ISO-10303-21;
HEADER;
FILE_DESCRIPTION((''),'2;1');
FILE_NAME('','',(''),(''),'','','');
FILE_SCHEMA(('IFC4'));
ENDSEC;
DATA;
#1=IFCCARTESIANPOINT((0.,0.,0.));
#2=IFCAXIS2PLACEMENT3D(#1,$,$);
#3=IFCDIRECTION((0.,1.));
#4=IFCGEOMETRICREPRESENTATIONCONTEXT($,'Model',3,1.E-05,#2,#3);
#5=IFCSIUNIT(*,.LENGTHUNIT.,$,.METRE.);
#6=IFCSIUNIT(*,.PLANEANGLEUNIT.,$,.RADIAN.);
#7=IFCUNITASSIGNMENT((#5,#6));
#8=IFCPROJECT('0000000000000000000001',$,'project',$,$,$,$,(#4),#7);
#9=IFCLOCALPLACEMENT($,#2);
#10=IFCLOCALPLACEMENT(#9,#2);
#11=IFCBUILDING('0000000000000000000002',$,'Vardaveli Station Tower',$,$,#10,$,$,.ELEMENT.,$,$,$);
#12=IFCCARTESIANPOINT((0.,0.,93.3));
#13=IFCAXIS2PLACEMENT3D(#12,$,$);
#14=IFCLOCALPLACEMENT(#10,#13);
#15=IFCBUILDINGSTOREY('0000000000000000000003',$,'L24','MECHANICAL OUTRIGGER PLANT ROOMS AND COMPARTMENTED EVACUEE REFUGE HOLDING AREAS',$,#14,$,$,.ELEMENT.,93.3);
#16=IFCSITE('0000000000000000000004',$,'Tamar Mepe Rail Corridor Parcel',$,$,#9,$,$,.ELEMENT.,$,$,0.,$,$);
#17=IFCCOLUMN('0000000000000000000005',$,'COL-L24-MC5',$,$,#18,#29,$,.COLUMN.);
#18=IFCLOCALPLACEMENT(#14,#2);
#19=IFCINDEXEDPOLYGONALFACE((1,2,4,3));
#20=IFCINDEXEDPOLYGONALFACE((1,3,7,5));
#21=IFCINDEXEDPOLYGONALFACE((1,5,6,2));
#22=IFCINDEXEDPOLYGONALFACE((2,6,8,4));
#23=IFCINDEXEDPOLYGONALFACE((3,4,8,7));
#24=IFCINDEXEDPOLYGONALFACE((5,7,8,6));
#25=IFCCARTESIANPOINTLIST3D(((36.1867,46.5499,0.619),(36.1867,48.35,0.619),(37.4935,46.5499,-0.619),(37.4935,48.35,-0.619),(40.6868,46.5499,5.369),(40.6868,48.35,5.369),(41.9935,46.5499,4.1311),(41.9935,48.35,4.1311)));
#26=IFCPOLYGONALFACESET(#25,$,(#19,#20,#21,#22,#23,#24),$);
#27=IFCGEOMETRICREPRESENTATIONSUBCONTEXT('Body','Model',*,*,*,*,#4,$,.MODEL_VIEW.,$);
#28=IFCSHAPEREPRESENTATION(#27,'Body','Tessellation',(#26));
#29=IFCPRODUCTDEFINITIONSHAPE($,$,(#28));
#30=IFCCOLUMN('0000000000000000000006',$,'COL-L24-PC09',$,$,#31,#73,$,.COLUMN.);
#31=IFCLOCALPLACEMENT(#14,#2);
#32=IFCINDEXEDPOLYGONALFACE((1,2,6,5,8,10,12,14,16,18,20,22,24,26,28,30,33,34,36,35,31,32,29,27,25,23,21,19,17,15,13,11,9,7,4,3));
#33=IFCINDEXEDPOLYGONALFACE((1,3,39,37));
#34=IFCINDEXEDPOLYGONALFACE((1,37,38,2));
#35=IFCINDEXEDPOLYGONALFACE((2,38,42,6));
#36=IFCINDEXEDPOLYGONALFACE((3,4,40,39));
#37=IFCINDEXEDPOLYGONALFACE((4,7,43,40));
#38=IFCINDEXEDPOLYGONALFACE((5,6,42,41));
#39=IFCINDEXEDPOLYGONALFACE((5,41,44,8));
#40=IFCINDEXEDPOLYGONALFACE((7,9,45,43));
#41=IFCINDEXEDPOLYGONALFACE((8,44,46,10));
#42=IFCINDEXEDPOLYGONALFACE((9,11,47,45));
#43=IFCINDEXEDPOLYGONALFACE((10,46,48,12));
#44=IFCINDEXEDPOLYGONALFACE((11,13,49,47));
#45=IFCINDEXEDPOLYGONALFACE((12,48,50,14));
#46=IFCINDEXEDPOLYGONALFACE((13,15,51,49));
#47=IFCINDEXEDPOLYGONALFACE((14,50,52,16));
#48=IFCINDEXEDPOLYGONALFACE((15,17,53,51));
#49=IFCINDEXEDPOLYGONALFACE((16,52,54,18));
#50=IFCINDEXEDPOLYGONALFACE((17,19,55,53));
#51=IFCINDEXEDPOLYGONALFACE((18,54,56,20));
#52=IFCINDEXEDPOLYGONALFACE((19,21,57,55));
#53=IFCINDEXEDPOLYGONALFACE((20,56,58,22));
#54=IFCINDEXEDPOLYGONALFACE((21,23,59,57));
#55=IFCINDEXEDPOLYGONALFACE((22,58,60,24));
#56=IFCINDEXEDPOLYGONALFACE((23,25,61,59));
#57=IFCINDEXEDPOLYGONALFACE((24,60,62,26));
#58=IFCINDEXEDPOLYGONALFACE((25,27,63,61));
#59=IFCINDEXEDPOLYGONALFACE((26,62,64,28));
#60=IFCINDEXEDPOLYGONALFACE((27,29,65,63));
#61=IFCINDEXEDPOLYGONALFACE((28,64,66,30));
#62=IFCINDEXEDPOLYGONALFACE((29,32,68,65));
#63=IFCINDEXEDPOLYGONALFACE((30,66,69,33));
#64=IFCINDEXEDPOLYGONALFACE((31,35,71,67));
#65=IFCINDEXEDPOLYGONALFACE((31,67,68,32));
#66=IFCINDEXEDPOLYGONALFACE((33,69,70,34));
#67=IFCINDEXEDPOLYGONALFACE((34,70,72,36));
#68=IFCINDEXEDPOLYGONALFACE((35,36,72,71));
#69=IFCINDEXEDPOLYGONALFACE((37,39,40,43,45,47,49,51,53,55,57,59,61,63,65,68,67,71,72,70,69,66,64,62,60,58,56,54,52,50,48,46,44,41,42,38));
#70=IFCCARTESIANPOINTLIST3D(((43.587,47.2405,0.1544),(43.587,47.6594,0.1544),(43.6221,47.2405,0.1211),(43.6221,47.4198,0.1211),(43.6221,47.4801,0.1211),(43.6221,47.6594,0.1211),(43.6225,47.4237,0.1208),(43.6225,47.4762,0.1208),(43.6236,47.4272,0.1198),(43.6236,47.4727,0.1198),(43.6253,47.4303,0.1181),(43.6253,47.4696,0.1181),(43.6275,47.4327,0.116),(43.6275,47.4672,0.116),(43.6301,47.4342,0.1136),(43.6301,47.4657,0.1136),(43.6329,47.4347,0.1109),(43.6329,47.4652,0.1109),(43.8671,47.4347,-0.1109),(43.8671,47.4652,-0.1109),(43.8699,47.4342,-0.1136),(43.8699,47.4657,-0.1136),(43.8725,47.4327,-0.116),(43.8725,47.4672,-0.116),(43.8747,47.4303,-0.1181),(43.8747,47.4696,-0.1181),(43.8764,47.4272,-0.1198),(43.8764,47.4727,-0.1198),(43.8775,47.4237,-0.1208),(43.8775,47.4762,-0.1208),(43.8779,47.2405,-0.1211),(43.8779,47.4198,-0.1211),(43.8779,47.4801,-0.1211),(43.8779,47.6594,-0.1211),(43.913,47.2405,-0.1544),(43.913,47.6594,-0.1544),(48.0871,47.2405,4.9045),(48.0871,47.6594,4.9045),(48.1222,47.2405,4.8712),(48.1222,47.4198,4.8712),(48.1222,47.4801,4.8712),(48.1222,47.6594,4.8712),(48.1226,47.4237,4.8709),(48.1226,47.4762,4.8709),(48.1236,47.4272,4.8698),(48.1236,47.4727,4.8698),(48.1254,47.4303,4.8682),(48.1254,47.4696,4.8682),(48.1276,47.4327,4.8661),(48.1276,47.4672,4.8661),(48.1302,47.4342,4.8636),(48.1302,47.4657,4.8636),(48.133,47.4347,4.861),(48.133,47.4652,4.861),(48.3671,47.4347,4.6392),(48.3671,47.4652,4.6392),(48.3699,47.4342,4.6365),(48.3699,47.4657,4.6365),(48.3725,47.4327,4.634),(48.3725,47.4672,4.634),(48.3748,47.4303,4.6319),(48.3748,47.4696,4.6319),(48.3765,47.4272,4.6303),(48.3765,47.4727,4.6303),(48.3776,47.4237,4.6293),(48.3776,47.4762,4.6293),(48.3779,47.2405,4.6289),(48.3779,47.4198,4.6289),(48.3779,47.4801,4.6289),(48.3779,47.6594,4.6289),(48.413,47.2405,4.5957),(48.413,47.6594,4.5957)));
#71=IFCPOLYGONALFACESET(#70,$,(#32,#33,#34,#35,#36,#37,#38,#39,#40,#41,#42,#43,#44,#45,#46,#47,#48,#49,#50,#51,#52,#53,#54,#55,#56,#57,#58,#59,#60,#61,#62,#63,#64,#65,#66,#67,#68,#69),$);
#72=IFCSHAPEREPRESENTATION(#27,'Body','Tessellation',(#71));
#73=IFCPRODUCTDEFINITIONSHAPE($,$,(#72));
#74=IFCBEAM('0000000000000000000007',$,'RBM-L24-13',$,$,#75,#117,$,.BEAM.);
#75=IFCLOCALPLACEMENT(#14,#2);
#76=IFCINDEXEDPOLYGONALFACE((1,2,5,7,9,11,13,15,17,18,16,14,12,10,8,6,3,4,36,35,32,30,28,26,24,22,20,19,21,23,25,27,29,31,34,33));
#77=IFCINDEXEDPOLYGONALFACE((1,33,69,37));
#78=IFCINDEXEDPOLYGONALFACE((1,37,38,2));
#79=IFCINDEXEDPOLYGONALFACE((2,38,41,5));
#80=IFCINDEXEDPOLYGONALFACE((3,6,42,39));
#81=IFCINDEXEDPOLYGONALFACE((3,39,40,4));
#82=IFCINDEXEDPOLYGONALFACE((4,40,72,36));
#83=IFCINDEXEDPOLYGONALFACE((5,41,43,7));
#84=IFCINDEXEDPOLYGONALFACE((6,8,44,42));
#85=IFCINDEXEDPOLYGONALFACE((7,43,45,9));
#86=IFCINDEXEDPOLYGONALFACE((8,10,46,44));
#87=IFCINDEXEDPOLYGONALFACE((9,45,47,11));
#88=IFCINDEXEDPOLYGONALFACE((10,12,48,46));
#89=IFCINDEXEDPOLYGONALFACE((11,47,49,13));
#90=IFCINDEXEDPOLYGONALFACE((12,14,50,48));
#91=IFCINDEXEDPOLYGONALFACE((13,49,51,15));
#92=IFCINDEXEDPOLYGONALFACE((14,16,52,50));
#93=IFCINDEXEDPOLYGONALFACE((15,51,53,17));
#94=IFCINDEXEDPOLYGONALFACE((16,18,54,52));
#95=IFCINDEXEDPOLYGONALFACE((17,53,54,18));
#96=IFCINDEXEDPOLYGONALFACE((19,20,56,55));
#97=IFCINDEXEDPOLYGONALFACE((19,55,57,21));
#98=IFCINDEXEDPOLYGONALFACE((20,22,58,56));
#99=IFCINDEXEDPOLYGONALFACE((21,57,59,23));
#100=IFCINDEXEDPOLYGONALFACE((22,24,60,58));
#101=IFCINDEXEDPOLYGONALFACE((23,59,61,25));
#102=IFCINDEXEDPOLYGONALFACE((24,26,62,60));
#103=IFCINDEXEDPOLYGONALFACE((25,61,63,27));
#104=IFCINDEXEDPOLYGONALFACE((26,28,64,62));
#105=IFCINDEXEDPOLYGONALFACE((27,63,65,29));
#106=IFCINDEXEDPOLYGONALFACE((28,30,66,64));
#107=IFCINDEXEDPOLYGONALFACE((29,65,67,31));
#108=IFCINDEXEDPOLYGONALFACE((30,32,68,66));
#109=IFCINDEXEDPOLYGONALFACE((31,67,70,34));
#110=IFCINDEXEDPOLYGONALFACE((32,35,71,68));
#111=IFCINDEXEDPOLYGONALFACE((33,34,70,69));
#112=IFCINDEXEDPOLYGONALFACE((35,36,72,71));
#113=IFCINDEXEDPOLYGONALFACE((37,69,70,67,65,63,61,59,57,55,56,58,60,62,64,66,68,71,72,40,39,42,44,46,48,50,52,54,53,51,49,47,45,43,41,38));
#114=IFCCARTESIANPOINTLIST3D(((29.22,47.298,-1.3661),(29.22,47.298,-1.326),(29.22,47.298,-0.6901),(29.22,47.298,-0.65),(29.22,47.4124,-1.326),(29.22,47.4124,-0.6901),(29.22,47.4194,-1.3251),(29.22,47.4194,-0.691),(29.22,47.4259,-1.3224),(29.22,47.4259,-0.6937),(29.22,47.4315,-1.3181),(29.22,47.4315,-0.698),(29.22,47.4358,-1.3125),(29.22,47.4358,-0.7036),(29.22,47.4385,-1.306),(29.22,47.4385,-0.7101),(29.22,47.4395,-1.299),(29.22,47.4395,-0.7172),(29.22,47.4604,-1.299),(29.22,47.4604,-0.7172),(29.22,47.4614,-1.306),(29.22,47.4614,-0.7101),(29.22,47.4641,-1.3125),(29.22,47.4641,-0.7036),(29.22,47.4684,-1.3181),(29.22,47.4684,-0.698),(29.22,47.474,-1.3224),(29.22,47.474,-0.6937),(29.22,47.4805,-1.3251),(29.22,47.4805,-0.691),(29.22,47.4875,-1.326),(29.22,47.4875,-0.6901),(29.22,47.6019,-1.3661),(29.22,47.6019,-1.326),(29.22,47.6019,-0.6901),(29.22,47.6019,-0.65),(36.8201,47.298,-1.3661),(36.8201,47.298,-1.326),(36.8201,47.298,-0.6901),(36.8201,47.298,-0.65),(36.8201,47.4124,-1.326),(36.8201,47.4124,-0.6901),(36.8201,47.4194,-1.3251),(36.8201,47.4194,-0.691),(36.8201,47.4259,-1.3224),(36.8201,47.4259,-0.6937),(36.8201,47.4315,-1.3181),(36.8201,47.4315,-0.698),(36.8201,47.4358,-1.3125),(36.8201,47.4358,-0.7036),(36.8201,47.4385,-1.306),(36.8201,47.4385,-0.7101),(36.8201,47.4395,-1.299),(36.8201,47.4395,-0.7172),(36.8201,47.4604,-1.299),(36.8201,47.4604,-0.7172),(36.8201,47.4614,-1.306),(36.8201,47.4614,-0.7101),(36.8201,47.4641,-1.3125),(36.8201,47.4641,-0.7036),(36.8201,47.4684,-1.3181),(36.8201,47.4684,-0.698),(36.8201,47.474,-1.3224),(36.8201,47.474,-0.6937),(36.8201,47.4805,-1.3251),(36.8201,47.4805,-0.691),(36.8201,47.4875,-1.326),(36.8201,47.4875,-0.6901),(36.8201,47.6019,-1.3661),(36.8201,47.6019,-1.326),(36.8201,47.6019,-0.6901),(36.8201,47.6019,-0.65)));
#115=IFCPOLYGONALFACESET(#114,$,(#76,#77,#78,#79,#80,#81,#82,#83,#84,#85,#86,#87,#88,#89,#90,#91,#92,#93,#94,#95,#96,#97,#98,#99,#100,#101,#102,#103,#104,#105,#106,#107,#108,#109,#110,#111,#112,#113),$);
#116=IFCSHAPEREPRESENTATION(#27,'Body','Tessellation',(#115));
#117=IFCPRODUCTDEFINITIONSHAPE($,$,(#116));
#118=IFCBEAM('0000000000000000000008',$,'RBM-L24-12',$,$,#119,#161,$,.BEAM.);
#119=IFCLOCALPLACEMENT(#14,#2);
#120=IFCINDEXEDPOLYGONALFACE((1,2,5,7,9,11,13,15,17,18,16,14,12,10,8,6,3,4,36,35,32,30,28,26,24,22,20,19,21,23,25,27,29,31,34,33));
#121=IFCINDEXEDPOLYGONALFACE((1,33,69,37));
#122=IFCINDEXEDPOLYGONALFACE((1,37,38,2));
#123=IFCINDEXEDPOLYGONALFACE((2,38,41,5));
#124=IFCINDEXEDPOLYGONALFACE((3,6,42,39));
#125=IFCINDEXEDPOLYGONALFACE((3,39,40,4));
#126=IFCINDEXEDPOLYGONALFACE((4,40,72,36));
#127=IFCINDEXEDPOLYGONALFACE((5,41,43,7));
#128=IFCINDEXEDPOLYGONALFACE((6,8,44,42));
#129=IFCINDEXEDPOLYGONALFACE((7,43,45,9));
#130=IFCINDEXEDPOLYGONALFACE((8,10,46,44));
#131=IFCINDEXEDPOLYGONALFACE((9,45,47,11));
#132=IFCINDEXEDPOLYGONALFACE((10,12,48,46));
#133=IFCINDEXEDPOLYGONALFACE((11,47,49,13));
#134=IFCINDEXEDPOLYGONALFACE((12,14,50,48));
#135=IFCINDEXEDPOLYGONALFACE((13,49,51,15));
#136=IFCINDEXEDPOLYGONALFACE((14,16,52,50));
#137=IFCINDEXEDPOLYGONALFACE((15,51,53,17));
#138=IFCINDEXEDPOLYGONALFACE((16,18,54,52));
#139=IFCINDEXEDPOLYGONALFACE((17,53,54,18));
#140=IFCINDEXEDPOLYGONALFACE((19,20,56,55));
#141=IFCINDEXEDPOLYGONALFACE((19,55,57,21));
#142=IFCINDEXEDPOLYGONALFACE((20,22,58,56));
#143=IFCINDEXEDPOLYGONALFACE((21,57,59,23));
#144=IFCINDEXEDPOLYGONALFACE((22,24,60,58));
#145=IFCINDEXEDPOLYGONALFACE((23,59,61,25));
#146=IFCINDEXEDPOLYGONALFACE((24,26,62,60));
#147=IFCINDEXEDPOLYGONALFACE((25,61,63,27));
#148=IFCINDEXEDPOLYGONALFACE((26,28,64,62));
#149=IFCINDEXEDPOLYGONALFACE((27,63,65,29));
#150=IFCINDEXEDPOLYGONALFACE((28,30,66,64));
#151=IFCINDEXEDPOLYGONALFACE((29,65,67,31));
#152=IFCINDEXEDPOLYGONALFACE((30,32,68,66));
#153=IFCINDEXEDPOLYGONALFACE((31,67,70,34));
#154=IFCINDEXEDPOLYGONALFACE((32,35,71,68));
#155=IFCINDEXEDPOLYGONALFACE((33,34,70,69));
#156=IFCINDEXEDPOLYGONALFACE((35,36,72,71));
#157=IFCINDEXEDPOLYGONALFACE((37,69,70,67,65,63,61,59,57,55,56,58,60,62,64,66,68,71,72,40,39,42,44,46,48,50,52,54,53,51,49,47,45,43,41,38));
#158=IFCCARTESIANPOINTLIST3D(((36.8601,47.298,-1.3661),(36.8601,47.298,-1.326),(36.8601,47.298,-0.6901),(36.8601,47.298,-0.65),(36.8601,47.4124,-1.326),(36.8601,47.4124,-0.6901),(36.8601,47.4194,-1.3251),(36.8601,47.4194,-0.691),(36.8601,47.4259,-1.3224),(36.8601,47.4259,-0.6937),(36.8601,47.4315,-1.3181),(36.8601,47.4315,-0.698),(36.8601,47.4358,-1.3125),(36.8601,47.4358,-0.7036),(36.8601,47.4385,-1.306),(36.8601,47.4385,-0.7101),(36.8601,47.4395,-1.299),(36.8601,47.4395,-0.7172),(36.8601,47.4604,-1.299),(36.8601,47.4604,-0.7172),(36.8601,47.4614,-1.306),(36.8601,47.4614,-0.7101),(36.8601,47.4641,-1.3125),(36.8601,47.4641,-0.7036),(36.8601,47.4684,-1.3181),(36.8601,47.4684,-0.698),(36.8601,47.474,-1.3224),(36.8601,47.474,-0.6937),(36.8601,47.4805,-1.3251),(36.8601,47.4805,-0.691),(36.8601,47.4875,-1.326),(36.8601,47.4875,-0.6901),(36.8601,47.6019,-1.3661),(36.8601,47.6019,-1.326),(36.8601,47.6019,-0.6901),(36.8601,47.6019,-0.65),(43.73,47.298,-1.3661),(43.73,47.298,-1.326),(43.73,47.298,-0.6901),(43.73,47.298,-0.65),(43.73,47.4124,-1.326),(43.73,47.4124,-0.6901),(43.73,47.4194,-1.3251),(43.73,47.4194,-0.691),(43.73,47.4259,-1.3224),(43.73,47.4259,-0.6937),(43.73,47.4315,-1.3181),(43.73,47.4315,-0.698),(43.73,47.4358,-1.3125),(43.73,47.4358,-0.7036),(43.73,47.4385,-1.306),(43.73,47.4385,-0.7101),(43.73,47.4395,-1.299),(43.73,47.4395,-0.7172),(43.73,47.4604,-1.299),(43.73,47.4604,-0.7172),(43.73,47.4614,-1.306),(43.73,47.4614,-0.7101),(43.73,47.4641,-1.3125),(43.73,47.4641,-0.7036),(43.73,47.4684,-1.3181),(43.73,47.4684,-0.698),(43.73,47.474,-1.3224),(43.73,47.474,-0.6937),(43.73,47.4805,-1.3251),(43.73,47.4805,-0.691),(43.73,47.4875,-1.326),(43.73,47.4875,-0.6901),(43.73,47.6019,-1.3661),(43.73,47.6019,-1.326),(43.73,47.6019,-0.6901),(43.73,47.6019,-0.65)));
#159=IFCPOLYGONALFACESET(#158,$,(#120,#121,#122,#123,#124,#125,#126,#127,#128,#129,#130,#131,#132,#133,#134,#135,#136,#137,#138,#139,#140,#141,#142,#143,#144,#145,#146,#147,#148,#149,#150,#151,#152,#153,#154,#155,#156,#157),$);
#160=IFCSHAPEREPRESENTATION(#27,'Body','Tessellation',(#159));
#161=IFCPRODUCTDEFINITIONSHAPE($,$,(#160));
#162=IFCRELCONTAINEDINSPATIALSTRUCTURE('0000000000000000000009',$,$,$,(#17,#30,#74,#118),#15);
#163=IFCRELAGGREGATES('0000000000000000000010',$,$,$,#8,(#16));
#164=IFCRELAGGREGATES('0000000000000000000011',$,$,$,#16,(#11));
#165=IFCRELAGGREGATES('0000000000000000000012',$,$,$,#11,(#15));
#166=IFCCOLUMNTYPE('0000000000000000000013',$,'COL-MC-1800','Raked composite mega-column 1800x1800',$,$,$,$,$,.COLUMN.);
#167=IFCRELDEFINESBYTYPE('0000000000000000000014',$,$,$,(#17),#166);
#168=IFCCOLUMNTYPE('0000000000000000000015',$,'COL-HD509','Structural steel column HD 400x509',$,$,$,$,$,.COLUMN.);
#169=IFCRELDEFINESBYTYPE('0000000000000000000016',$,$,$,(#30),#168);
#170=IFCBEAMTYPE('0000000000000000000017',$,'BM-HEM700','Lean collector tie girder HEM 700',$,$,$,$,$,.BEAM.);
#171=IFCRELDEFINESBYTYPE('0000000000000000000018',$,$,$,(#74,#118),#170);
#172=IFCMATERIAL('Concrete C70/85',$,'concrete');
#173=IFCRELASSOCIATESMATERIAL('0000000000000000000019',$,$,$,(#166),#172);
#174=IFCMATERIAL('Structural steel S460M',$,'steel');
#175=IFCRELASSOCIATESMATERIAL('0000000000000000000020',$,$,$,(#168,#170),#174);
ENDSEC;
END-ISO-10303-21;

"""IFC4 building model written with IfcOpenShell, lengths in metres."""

from ifc_helpers import new_model, si_unit, direction, frame, origin, origin_2d, place, context, subcontext, project, spatial, rectangle, i_section, extrude, source, transform, mapped, material, material_profile, profile_set, type_object, element, save


model = new_model("IFC4")

# Units and contexts
model_context = context("Model", 3, precision=1e-05, world=origin(), true_north=direction((0.0, 1.0)))
body_context = subcontext(model_context, "Body", "Model", "MODEL_VIEW")
ifc_project = project(units=[si_unit("LENGTHUNIT", "METRE"), si_unit("PLANEANGLEUNIT", "RADIAN")], contexts=[model_context])

# Site, building, storey
site_placement = place(None, origin())
site = spatial("IfcSite", under=ifc_project, at=site_placement, Name="Tamar Mepe Rail Corridor Parcel", CompositionType="ELEMENT", RefElevation=0.0)
building_placement = place(site_placement, origin())
building = spatial("IfcBuilding", under=site, at=building_placement, Name="Vardaveli Station Tower", CompositionType="ELEMENT")
storey_placement = place(building_placement, frame((0.0, 0.0, 93.3)))
storey = spatial("IfcBuildingStorey", under=building, at=storey_placement, Name="L24", Description="MECHANICAL OUTRIGGER PLANT ROOMS AND COMPARTMENTED EVACUEE REFUGE HOLDING AREAS", CompositionType="ELEMENT", Elevation=93.3)

# Columns
ifc_material_1 = material(Name="Concrete C70/85", Category="concrete")
ifc_material_profile_1 = material_profile(ifc_material_1, rectangle(XDim=1.8, YDim=1.8, at=origin_2d()), Name="MC 1800x1800")
ifc_profile_set_1 = profile_set([ifc_material_profile_1], Name="Concrete C70/85")
column_type_1 = type_object("IfcColumnType", Name="COL-MC-1800", Description="Raked composite mega-column 1800x1800", PredefinedType="COLUMN", material=ifc_profile_set_1)
shared_shape_1 = source(origin(), body_context, "Body", "SweptSolid", [
    extrude(rectangle(XDim=1.8, YDim=1.8, at=origin_2d()), origin(), (0.0, 0.0, 1.0), 6.5432),
])
column_1_placement = place(storey_placement, frame((36.8401, 47.45, 0.0), z_axis=(0.687745, 0.0, 0.725953), x_axis=(0.0, 1.0, 0.0)))
element("IfcColumn", 1, at=column_1_placement, inside=storey, type_object=column_type_1, Name="COL-L24-MC5", PredefinedType="COLUMN", context=body_context, shape_type="MappedRepresentation", body=[
    mapped(shared_shape_1, transform((0.0, 0.0, 0.0), scale=1.0)),
])
ifc_material_2 = material(Name="Structural steel S460M", Category="steel")
ifc_material_profile_2 = material_profile(ifc_material_2, i_section(OverallWidth=0.4189, OverallDepth=0.449, WebThickness=0.0305, FlangeThickness=0.0483, FilletRadius=0.0149, at=origin_2d()), Name="HD 400x509")
ifc_profile_set_2 = profile_set([ifc_material_profile_2], Name="Structural steel S460M")
column_type_2 = type_object("IfcColumnType", Name="COL-HD509", Description="Structural steel column HD 400x509", PredefinedType="COLUMN", material=ifc_profile_set_2)
shared_shape_2 = source(origin(), body_context, "Body", "SweptSolid", [
    extrude(i_section(OverallWidth=0.4189, OverallDepth=0.449, WebThickness=0.0305, FlangeThickness=0.0483, FilletRadius=0.0149, at=origin_2d()), origin(), (0.0, 0.0, 1.0), 6.5432),
])
column_2_placement = place(storey_placement, frame((43.75, 47.45, 0.0), z_axis=(0.687745, 0.0, 0.725953), x_axis=(0.0, 1.0, 0.0)))
element("IfcColumn", 2, at=column_2_placement, inside=storey, type_object=column_type_2, Name="COL-L24-PC09", PredefinedType="COLUMN", context=body_context, shape_type="MappedRepresentation", body=[
    mapped(shared_shape_2, transform((0.0, 0.0, 0.0), scale=1.0)),
])

# Beams
ifc_material_profile_3 = material_profile(ifc_material_2, i_section(OverallWidth=0.304, OverallDepth=0.7161, WebThickness=0.021, FlangeThickness=0.04, FilletRadius=0.0271, at=origin_2d()), Name="HEM 700")
ifc_profile_set_3 = profile_set([ifc_material_profile_3], Name="Structural steel S460M")
beam_type = type_object("IfcBeamType", Name="BM-HEM700", Description="Lean collector tie girder HEM 700", PredefinedType="BEAM", material=ifc_profile_set_3)
shared_shape_3 = source(origin(), body_context, "Body", "SweptSolid", [
    extrude(i_section(OverallWidth=0.304, OverallDepth=0.7161, WebThickness=0.021, FlangeThickness=0.04, FilletRadius=0.0271, at=origin_2d()), origin(), (0.0, 0.0, 1.0), 7.6001),
])
beam_1_placement = place(storey_placement, frame((36.8201, 47.45, -1.0081), z_axis=(-1.0, 0.0, 0.0), x_axis=(0.0, -1.0, 0.0)))
element("IfcBeam", 3, at=beam_1_placement, inside=storey, type_object=beam_type, Name="RBM-L24-13", PredefinedType="BEAM", context=body_context, shape_type="MappedRepresentation", body=[
    mapped(shared_shape_3, transform((0.0, 0.0, 0.0), scale=1.0)),
])
shared_shape_4 = source(origin(), body_context, "Body", "SweptSolid", [
    extrude(i_section(OverallWidth=0.304, OverallDepth=0.7161, WebThickness=0.021, FlangeThickness=0.04, FilletRadius=0.0271, at=origin_2d()), origin(), (0.0, 0.0, 1.0), 6.8699),
])
beam_2_placement = place(storey_placement, frame((43.73, 47.45, -1.0081), z_axis=(-1.0, 0.0, 0.0), x_axis=(0.0, -1.0, 0.0)))
element("IfcBeam", 4, at=beam_2_placement, inside=storey, type_object=beam_type, Name="RBM-L24-12", PredefinedType="BEAM", context=body_context, shape_type="MappedRepresentation", body=[
    mapped(shared_shape_4, transform((0.0, 0.0, 0.0), scale=1.0)),
])

save(model, "model.ifc")
